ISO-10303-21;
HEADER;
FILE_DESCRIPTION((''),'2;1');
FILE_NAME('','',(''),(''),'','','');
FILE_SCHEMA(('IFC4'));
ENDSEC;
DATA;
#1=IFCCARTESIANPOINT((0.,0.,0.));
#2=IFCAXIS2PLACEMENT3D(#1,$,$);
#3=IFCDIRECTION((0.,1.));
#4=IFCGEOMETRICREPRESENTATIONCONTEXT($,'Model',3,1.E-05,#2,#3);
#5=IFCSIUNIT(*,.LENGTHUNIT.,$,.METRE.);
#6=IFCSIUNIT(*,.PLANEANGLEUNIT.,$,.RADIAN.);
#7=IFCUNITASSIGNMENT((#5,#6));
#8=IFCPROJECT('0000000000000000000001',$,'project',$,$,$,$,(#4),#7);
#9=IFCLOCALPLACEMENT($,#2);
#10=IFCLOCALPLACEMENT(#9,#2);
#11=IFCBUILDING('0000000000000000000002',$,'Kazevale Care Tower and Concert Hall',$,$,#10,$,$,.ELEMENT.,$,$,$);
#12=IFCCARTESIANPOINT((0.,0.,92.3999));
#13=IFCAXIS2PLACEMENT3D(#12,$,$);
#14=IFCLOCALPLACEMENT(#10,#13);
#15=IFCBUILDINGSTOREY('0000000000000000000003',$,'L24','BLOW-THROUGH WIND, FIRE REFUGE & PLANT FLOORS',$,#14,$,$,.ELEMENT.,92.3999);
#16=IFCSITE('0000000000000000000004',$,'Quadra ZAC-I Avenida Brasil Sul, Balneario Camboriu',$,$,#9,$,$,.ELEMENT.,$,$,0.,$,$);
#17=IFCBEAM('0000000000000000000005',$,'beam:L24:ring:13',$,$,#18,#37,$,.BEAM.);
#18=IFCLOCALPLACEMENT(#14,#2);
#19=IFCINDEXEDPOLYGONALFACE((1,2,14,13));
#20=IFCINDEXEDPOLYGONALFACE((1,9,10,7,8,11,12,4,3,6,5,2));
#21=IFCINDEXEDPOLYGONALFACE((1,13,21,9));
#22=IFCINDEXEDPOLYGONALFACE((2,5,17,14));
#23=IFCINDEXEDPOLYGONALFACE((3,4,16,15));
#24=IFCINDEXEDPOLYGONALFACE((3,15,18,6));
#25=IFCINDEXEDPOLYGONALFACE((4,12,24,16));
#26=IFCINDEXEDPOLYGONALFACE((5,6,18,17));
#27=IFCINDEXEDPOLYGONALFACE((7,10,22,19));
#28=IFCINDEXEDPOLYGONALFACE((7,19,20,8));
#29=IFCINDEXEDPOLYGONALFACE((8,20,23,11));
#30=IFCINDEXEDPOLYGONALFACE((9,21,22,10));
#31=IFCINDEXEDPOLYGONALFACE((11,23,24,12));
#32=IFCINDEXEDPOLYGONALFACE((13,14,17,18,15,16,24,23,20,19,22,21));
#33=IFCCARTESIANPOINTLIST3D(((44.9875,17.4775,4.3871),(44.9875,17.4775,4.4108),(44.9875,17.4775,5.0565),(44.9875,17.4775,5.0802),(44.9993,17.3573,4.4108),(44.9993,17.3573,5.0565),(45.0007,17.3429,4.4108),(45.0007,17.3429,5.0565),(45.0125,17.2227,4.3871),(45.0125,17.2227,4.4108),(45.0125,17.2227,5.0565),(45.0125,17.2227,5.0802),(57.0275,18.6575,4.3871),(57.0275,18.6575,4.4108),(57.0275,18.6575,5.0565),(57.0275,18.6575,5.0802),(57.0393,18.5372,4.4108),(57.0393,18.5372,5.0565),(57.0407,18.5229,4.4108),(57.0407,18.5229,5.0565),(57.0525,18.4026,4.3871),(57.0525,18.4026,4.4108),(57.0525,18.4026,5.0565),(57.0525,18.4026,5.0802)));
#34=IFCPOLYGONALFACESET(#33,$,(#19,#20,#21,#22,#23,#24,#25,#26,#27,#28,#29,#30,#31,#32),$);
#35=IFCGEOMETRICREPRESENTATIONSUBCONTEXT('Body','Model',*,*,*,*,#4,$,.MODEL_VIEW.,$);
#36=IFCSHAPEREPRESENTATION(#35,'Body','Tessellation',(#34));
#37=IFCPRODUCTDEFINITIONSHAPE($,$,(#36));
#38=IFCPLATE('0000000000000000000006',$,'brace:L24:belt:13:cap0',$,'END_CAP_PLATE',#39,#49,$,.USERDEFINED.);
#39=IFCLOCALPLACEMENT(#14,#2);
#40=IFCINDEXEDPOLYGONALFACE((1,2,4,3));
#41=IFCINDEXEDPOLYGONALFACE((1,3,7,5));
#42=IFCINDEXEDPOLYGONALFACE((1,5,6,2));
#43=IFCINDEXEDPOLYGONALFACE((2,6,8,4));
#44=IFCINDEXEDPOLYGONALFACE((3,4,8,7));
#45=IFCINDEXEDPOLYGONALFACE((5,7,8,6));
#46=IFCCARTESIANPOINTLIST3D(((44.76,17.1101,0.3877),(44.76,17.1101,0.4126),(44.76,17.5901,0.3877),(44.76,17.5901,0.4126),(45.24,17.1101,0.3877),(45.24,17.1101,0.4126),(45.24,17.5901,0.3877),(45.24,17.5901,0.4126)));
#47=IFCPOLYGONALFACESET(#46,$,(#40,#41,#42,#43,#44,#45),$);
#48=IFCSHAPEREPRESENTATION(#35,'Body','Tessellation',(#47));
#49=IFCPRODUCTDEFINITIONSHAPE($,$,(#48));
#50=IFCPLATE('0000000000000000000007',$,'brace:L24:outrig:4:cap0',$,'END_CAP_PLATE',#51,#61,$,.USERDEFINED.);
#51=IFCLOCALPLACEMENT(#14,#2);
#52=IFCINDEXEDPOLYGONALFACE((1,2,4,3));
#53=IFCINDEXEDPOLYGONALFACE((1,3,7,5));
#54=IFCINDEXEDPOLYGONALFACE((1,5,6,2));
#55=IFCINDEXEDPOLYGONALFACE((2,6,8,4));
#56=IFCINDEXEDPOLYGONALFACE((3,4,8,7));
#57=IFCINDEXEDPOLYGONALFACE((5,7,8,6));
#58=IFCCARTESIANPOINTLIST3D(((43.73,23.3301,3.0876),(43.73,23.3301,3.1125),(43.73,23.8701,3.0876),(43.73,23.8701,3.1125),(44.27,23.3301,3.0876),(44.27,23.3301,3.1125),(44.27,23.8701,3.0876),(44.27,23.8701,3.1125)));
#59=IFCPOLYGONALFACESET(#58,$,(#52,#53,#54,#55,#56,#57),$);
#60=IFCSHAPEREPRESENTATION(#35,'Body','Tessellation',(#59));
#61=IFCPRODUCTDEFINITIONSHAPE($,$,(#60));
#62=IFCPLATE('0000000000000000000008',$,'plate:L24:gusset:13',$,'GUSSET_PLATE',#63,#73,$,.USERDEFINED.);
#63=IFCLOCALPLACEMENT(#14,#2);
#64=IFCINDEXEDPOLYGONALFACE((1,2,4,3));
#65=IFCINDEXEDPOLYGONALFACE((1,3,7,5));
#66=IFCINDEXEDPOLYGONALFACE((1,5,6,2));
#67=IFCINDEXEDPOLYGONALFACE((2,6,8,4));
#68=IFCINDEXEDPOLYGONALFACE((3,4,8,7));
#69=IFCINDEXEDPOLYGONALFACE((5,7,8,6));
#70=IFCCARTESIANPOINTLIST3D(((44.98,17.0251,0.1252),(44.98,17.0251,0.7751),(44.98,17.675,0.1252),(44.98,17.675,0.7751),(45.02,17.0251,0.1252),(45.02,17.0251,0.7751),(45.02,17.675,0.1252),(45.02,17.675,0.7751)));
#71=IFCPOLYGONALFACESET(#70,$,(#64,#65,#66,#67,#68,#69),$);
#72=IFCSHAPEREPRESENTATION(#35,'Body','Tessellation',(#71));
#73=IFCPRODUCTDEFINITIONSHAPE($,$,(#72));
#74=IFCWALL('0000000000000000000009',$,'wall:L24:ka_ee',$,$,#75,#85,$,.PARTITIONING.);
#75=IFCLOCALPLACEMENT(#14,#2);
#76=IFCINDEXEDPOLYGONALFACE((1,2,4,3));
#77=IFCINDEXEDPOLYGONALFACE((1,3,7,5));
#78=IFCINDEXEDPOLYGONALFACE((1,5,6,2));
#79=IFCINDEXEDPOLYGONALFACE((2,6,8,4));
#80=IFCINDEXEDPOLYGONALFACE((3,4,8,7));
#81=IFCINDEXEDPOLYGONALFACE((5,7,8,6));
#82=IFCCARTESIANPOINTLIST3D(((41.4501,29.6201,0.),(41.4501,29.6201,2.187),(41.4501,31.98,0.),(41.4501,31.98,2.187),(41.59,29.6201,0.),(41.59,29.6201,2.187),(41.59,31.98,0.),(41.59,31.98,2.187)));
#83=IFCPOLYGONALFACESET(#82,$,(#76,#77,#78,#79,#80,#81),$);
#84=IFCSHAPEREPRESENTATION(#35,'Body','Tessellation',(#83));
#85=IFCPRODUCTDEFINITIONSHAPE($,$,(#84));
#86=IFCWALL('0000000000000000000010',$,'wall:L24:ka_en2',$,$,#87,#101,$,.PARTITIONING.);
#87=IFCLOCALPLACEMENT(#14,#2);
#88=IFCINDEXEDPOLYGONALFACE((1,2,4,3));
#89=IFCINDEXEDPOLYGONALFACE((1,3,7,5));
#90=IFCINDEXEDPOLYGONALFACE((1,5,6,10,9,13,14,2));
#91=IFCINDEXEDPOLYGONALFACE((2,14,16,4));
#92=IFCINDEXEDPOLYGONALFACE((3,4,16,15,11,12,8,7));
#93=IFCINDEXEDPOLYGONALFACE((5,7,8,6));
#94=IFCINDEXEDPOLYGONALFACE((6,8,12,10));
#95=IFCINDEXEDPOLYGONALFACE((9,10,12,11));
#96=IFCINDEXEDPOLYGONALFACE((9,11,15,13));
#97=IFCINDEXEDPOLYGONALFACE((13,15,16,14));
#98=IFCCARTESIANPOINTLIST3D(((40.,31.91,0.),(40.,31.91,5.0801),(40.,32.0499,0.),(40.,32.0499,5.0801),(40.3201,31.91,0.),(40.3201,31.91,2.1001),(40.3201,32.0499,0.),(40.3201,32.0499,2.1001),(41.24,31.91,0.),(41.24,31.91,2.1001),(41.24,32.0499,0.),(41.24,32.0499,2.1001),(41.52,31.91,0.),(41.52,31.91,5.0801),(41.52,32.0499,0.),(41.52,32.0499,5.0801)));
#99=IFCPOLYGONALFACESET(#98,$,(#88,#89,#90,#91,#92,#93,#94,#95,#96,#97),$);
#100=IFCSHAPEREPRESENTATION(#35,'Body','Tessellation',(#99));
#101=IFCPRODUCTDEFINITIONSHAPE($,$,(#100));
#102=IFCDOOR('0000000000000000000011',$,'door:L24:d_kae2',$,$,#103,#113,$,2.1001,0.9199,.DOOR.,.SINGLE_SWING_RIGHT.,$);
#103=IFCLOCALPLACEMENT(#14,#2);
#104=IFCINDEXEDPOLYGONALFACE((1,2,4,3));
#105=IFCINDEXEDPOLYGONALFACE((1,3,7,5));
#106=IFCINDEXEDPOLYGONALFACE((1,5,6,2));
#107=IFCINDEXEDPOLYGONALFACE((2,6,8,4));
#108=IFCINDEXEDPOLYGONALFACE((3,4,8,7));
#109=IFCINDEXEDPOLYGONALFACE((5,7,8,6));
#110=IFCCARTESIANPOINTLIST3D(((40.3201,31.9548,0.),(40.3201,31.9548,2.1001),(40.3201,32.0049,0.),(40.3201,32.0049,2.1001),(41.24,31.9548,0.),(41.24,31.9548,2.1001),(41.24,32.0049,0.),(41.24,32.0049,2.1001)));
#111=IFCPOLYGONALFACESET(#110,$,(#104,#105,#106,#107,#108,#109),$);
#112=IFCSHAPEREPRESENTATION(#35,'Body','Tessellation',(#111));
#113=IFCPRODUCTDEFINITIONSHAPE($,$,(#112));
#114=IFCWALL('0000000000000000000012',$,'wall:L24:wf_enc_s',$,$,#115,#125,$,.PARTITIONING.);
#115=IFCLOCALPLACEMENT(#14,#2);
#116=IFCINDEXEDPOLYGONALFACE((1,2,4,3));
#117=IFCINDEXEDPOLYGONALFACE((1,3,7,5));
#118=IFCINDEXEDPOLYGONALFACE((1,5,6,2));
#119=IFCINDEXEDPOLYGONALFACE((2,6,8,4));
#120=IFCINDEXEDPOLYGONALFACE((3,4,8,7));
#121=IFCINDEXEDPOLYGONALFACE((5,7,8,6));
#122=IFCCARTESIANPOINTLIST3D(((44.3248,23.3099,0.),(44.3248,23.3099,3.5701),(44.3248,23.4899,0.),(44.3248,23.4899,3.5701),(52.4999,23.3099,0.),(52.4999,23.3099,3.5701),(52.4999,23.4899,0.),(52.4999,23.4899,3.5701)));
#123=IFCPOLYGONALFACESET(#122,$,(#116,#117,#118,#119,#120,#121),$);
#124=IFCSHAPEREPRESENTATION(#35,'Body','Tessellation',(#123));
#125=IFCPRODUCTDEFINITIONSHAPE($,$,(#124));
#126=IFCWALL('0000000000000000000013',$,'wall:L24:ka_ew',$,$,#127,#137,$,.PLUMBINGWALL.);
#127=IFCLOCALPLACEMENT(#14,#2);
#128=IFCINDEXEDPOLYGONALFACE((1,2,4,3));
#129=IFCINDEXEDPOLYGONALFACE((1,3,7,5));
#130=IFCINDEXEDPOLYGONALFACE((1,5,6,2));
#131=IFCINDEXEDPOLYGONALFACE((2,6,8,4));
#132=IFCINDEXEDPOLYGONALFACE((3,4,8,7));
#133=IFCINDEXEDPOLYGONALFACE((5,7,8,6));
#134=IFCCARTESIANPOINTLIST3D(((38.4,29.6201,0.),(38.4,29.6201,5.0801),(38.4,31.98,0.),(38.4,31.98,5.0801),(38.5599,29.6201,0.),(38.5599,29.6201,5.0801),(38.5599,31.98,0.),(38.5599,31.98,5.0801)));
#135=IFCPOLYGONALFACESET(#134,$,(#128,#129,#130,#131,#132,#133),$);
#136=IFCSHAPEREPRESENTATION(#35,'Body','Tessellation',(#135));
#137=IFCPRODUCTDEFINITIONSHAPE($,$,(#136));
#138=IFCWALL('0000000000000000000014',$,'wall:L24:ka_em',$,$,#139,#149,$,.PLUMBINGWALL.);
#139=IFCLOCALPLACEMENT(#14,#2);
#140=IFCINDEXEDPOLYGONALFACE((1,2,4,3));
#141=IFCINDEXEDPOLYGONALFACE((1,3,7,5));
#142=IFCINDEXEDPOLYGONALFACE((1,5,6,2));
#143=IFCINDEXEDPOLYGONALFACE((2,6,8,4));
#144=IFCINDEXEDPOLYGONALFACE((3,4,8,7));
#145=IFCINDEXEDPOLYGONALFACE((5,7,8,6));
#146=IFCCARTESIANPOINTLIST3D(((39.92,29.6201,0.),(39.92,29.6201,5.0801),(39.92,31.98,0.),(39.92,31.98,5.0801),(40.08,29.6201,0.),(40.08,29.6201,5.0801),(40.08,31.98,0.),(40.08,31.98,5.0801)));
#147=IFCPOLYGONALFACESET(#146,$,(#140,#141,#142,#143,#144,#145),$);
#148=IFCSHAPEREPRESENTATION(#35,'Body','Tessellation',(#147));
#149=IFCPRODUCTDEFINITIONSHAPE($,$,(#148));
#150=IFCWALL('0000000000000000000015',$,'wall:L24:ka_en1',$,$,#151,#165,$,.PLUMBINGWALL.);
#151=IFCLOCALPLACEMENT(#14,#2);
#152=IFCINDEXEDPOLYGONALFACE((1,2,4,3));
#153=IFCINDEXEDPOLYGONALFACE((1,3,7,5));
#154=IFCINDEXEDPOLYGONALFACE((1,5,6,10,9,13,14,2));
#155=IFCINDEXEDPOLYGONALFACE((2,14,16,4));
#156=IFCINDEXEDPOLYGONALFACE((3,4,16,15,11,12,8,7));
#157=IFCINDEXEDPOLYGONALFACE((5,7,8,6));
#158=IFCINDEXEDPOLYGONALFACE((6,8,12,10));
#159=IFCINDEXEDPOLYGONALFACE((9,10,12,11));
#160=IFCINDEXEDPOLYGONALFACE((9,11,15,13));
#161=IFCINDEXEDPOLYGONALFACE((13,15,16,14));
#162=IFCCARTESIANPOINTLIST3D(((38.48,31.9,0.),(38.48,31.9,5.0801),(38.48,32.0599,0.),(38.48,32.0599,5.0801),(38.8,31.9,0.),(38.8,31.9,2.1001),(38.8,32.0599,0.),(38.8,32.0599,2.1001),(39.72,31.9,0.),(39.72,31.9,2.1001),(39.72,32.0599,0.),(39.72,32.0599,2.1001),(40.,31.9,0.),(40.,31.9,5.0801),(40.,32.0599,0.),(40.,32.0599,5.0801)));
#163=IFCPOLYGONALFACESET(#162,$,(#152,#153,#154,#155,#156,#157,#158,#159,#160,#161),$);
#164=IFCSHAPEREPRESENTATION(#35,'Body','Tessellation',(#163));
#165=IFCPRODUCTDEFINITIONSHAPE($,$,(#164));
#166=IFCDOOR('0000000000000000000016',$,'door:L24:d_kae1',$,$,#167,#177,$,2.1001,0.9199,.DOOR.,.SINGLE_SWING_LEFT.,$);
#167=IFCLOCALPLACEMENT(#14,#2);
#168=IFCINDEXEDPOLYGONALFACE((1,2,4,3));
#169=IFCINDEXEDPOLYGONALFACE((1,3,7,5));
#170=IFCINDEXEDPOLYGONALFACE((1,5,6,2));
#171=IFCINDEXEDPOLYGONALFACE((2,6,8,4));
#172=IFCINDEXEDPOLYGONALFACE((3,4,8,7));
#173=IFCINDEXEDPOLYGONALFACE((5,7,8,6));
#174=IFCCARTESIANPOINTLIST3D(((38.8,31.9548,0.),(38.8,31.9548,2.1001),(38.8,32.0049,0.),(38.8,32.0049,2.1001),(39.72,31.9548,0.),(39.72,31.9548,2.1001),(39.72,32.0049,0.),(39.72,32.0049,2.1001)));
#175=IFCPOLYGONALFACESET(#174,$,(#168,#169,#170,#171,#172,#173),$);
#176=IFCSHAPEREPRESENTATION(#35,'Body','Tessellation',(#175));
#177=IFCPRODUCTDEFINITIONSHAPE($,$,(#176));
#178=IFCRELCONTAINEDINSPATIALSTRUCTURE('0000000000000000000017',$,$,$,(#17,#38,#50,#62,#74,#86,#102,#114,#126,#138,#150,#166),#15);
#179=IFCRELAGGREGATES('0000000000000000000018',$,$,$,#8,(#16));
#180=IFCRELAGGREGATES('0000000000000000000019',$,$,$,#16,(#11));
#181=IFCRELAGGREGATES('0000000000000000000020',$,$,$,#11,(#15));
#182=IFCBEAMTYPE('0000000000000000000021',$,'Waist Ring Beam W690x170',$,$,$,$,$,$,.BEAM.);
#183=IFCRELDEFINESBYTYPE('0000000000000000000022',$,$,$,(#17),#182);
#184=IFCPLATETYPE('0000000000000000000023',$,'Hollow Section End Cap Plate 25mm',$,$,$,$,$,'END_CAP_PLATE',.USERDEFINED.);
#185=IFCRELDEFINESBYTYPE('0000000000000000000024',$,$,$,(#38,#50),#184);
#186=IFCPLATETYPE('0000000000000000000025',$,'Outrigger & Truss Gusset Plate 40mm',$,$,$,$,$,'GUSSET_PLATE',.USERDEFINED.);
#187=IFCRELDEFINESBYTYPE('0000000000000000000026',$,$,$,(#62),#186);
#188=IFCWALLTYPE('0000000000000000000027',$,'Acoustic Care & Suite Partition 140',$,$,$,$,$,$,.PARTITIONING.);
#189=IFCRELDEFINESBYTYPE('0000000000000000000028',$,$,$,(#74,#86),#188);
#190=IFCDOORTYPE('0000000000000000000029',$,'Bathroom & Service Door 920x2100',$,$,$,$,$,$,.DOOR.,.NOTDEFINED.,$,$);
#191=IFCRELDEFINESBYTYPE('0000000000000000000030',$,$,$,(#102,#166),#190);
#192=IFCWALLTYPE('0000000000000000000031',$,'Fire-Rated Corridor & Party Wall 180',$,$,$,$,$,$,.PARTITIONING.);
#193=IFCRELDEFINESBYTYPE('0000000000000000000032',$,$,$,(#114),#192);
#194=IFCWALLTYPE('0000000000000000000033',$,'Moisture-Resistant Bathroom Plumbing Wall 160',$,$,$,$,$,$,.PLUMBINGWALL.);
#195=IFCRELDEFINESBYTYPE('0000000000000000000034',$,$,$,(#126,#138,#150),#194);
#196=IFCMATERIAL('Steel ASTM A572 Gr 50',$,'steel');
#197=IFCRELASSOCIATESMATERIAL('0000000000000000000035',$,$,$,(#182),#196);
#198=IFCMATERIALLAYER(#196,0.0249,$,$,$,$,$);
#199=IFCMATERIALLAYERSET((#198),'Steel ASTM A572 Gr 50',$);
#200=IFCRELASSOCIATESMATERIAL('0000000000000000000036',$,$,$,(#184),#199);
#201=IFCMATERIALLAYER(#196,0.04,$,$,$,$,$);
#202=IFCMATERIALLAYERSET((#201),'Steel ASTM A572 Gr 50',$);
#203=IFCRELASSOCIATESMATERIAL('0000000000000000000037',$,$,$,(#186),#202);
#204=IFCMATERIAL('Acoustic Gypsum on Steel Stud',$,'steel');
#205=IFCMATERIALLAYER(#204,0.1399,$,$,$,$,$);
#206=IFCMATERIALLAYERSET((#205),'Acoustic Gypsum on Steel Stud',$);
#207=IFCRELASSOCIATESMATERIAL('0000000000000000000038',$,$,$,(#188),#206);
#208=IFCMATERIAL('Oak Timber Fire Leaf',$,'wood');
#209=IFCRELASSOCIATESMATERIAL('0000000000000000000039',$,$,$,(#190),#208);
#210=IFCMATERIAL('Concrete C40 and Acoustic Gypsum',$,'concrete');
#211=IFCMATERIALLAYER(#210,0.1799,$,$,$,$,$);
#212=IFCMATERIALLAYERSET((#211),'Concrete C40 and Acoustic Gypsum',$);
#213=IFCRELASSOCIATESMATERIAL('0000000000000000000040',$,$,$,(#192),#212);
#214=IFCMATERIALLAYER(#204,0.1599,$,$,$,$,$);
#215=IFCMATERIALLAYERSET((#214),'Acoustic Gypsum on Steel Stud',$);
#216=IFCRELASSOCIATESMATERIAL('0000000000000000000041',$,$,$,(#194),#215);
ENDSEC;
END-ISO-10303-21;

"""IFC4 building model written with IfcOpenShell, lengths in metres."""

from ifc_helpers import new_model, si_unit, direction, frame, frame_2d, origin, origin_2d, place, context, subcontext, project, spatial, rectangle, i_section, extrude, material, layer, layer_set, material_profile, profile_set, type_object, element, fill, save


model = new_model("IFC4")

# Units and contexts
model_context = context("Model", 3, precision=1e-05, world=origin(), true_north=direction((0.0, 1.0)))
body_context = subcontext(model_context, "Body", "Model", "MODEL_VIEW")
ifc_project = project(units=[si_unit("LENGTHUNIT", "METRE"), si_unit("PLANEANGLEUNIT", "RADIAN")], contexts=[model_context])

# Site, building, storey
site_placement = place(None, origin())
site = spatial("IfcSite", under=ifc_project, at=site_placement, Name="Quadra ZAC-I Avenida Brasil Sul, Balneario Camboriu", CompositionType="ELEMENT", RefElevation=0.0)
building_placement = place(site_placement, origin())
building = spatial("IfcBuilding", under=site, at=building_placement, Name="Kazevale Care Tower and Concert Hall", CompositionType="ELEMENT")
storey_placement = place(building_placement, frame((0.0, 0.0, 92.3999)))
storey = spatial("IfcBuildingStorey", under=building, at=storey_placement, Name="L24", Description="BLOW-THROUGH WIND, FIRE REFUGE & PLANT FLOORS", CompositionType="ELEMENT", Elevation=92.3999)

# Shared definitions
ifc_material_1 = material(Name="Steel ASTM A572 Gr 50", Category="steel")

# Beam
ifc_material_profile_1 = material_profile(ifc_material_1, i_section(OverallWidth=0.2561, OverallDepth=0.6931, WebThickness=0.0144, FlangeThickness=0.0237, at=origin_2d()), Name="W690x170")
ifc_profile_set_1 = profile_set([ifc_material_profile_1], Name="Steel ASTM A572 Gr 50")
beam_type_1 = type_object("IfcBeamType", Name="Waist Ring Beam W690x170", PredefinedType="BEAM", material=ifc_profile_set_1)
beam_1_placement = place(storey_placement, frame((45.0, 17.3501, 4.7336), z_axis=(0.995232, 0.097533, 0.0), x_axis=(-0.097533, 0.995232, 0.0)))
element("IfcBeam", 1, at=beam_1_placement, inside=storey, type_object=beam_type_1, Name="beam:L24:ring:13", PredefinedType="BEAM", context=body_context, shape_type="SweptSolid", body=[
    extrude(i_section(OverallWidth=0.2561, OverallDepth=0.6931, WebThickness=0.0144, FlangeThickness=0.0237, at=origin_2d()), origin(), (0.0, 0.0, 1.0), 12.0977),
])

# Plates
ifc_layer_1 = layer(ifc_material_1, 0.0249)
ifc_layer_set_1 = layer_set([ifc_layer_1], Name="Steel ASTM A572 Gr 50")
plate_type_1 = type_object("IfcPlateType", Name="Hollow Section End Cap Plate 25mm", ElementType="END_CAP_PLATE", PredefinedType="USERDEFINED", material=ifc_layer_set_1)
plate_1_placement = place(storey_placement, frame((45.0, 17.3501, 0.3877), z_axis=(0.0, 0.0, 1.0), x_axis=(1.0, 0.0, 0.0)))
element("IfcPlate", 2, at=plate_1_placement, inside=storey, type_object=plate_type_1, Name="brace:L24:belt:13:cap0", ObjectType="END_CAP_PLATE", PredefinedType="USERDEFINED", context=body_context, shape_type="SweptSolid", body=[
    extrude(rectangle(XDim=0.48, YDim=0.48, at=origin_2d()), origin(), (0.0, 0.0, 1.0), 0.0249),
])
plate_2_placement = place(storey_placement, frame((44.0, 23.6001, 3.0876), z_axis=(0.0, 0.0, 1.0), x_axis=(1.0, 0.0, 0.0)))
element("IfcPlate", 3, at=plate_2_placement, inside=storey, type_object=plate_type_1, Name="brace:L24:outrig:4:cap0", ObjectType="END_CAP_PLATE", PredefinedType="USERDEFINED", context=body_context, shape_type="SweptSolid", body=[
    extrude(rectangle(XDim=0.54, YDim=0.54, at=origin_2d()), origin(), (0.0, 0.0, 1.0), 0.0249),
])
ifc_layer_2 = layer(ifc_material_1, 0.04)
ifc_layer_set_2 = layer_set([ifc_layer_2], Name="Steel ASTM A572 Gr 50")
plate_type_2 = type_object("IfcPlateType", Name="Outrigger & Truss Gusset Plate 40mm", ElementType="GUSSET_PLATE", PredefinedType="USERDEFINED", material=ifc_layer_set_2)
plate_3_placement = place(storey_placement, frame((45.0, 17.3501, 0.1252), z_axis=(0.0, 0.0, 1.0), x_axis=(0.0, -1.0, 0.0)))
element("IfcPlate", 4, at=plate_3_placement, inside=storey, type_object=plate_type_2, Name="plate:L24:gusset:13", ObjectType="GUSSET_PLATE", PredefinedType="USERDEFINED", context=body_context, shape_type="SweptSolid", body=[
    extrude(rectangle(XDim=0.6499, YDim=0.04, at=origin_2d()), origin(), (0.0, 0.0, 1.0), 0.6499),
])

# Wall
ifc_material_2 = material(Name="Acoustic Gypsum on Steel Stud", Category="steel")
ifc_layer_3 = layer(ifc_material_2, 0.1399)
ifc_layer_set_3 = layer_set([ifc_layer_3], Name="Acoustic Gypsum on Steel Stud")
wall_type_1 = type_object("IfcWallType", Name="Acoustic Care & Suite Partition 140", PredefinedType="PARTITIONING", material=ifc_layer_set_3)
wall_1_placement = place(storey_placement, frame((41.52, 29.6201, 0.0), z_axis=(0.0, 0.0, 1.0), x_axis=(0.0, 1.0, 0.0)))
element("IfcWall", 5, at=wall_1_placement, inside=storey, type_object=wall_type_1, Name="wall:L24:ka_ee", PredefinedType="PARTITIONING", context=body_context, shape_type="SweptSolid", body=[
    extrude(rectangle(XDim=2.3599, YDim=0.1399, at=frame_2d((1.1799, 0.0))), origin(), (0.0, 0.0, 1.0), 2.187),
])

# Wall, opening, door
wall_2_placement = place(storey_placement, frame((40.0, 31.98, 0.0), z_axis=(0.0, 0.0, 1.0), x_axis=(1.0, 0.0, 0.0)))
wall_2 = element("IfcWall", 6, at=wall_2_placement, inside=storey, type_object=wall_type_1, Name="wall:L24:ka_en2", PredefinedType="PARTITIONING", context=body_context, shape_type="SweptSolid", body=[
    extrude(rectangle(XDim=1.52, YDim=0.1399, at=frame_2d((0.76, 0.0))), origin(), (0.0, 0.0, 1.0), 5.0801),
])
opening_1_placement = place(wall_2_placement, frame((0.3201, 0.0, 0.0)))
opening_1 = element("IfcOpeningElement", 7, at=opening_1_placement, cuts=wall_2, PredefinedType="OPENING", context=body_context, shape_type="SweptSolid", body=[
    extrude(rectangle(XDim=0.9199, YDim=2.1001, at=frame_2d((0.46, 1.05))), frame((0.0, 0.0798, 0.0), z_axis=(0.0, -1.0, 0.0), x_axis=(1.0, 0.0, 0.0)), (0.0, 0.0, 1.0), 0.1599),
])
ifc_material_3 = material(Name="Oak Timber Fire Leaf", Category="wood")
door_type_1 = type_object("IfcDoorType", Name="Bathroom & Service Door 920x2100", OperationType="NOTDEFINED", PredefinedType="DOOR", material=ifc_material_3)
door_1_placement = place(opening_1_placement, origin())
door_1 = element("IfcDoor", 8, at=door_1_placement, inside=storey, type_object=door_type_1, Name="door:L24:d_kae2", OperationType="SINGLE_SWING_RIGHT", OverallHeight=2.1001, OverallWidth=0.9199, PredefinedType="DOOR", context=body_context, shape_type="SweptSolid", body=[
    extrude(rectangle(XDim=0.9199, YDim=2.1001, at=frame_2d((0.46, 1.05))), frame((0.0, 0.0249, 0.0), z_axis=(0.0, -1.0, 0.0), x_axis=(1.0, 0.0, 0.0)), (0.0, 0.0, 1.0), 0.05),
])
fill(opening_1, door_1)

# Walls
ifc_material_4 = material(Name="Concrete C40 and Acoustic Gypsum", Category="concrete")
ifc_layer_4 = layer(ifc_material_4, 0.1799)
ifc_layer_set_4 = layer_set([ifc_layer_4], Name="Concrete C40 and Acoustic Gypsum")
wall_type_2 = type_object("IfcWallType", Name="Fire-Rated Corridor & Party Wall 180", PredefinedType="PARTITIONING", material=ifc_layer_set_4)
wall_3_placement = place(storey_placement, frame((44.325, 23.3999, 0.0), z_axis=(0.0, 0.0, 1.0), x_axis=(1.0, 0.0, 0.0)))
element("IfcWall", 9, at=wall_3_placement, inside=storey, type_object=wall_type_2, Name="wall:L24:wf_enc_s", PredefinedType="PARTITIONING", context=body_context, shape_type="SweptSolid", body=[
    extrude(rectangle(XDim=8.175, YDim=0.1799, at=frame_2d((4.0874, 0.0))), origin(), (0.0, 0.0, 1.0), 3.5701),
])
ifc_layer_5 = layer(ifc_material_2, 0.1599)
ifc_layer_set_5 = layer_set([ifc_layer_5], Name="Acoustic Gypsum on Steel Stud")
wall_type_3 = type_object("IfcWallType", Name="Moisture-Resistant Bathroom Plumbing Wall 160", PredefinedType="PLUMBINGWALL", material=ifc_layer_set_5)
for number, where, z_axis, x_axis, name in (
    (10, (38.48, 29.6201, 0.0), (0.0, 0.0, 1.0), (0.0, 1.0, 0.0), "wall:L24:ka_ew"),
    (11, (40.0, 29.6201, 0.0), (0.0, 0.0, 1.0), (0.0, 1.0, 0.0), "wall:L24:ka_em"),
):
    element("IfcWall", number, at=place(storey_placement, frame(where, z_axis=z_axis, x_axis=x_axis)), inside=storey, type_object=wall_type_3, Name=name, PredefinedType="PLUMBINGWALL", context=body_context, shape_type="SweptSolid", body=[
        extrude(rectangle(XDim=2.3599, YDim=0.1599, at=frame_2d((1.1799, 0.0))), origin(), (0.0, 0.0, 1.0), 5.0801),
    ])

# Wall, opening, door
wall_4_placement = place(storey_placement, frame((38.48, 31.98, 0.0), z_axis=(0.0, 0.0, 1.0), x_axis=(1.0, 0.0, 0.0)))
wall_4 = element("IfcWall", 12, at=wall_4_placement, inside=storey, type_object=wall_type_3, Name="wall:L24:ka_en1", PredefinedType="PLUMBINGWALL", context=body_context, shape_type="SweptSolid", body=[
    extrude(rectangle(XDim=1.52, YDim=0.1599, at=frame_2d((0.76, 0.0))), origin(), (0.0, 0.0, 1.0), 5.0801),
])
opening_2_placement = place(wall_4_placement, frame((0.3201, 0.0, 0.0)))
opening_2 = element("IfcOpeningElement", 13, at=opening_2_placement, cuts=wall_4, PredefinedType="OPENING", context=body_context, shape_type="SweptSolid", body=[
    extrude(rectangle(XDim=0.9199, YDim=2.1001, at=frame_2d((0.46, 1.05))), frame((0.0, 0.0898, 0.0), z_axis=(0.0, -1.0, 0.0), x_axis=(1.0, 0.0, 0.0)), (0.0, 0.0, 1.0), 0.1799),
])
door_2_placement = place(opening_2_placement, origin())
door_2 = element("IfcDoor", 14, at=door_2_placement, inside=storey, type_object=door_type_1, Name="door:L24:d_kae1", OperationType="SINGLE_SWING_LEFT", OverallHeight=2.1001, OverallWidth=0.9199, PredefinedType="DOOR", context=body_context, shape_type="SweptSolid", body=[
    extrude(rectangle(XDim=0.9199, YDim=2.1001, at=frame_2d((0.46, 1.05))), frame((0.0, 0.0249, 0.0), z_axis=(0.0, -1.0, 0.0), x_axis=(1.0, 0.0, 0.0)), (0.0, 0.0, 1.0), 0.05),
])
fill(opening_2, door_2)

save(model, "model.ifc")
